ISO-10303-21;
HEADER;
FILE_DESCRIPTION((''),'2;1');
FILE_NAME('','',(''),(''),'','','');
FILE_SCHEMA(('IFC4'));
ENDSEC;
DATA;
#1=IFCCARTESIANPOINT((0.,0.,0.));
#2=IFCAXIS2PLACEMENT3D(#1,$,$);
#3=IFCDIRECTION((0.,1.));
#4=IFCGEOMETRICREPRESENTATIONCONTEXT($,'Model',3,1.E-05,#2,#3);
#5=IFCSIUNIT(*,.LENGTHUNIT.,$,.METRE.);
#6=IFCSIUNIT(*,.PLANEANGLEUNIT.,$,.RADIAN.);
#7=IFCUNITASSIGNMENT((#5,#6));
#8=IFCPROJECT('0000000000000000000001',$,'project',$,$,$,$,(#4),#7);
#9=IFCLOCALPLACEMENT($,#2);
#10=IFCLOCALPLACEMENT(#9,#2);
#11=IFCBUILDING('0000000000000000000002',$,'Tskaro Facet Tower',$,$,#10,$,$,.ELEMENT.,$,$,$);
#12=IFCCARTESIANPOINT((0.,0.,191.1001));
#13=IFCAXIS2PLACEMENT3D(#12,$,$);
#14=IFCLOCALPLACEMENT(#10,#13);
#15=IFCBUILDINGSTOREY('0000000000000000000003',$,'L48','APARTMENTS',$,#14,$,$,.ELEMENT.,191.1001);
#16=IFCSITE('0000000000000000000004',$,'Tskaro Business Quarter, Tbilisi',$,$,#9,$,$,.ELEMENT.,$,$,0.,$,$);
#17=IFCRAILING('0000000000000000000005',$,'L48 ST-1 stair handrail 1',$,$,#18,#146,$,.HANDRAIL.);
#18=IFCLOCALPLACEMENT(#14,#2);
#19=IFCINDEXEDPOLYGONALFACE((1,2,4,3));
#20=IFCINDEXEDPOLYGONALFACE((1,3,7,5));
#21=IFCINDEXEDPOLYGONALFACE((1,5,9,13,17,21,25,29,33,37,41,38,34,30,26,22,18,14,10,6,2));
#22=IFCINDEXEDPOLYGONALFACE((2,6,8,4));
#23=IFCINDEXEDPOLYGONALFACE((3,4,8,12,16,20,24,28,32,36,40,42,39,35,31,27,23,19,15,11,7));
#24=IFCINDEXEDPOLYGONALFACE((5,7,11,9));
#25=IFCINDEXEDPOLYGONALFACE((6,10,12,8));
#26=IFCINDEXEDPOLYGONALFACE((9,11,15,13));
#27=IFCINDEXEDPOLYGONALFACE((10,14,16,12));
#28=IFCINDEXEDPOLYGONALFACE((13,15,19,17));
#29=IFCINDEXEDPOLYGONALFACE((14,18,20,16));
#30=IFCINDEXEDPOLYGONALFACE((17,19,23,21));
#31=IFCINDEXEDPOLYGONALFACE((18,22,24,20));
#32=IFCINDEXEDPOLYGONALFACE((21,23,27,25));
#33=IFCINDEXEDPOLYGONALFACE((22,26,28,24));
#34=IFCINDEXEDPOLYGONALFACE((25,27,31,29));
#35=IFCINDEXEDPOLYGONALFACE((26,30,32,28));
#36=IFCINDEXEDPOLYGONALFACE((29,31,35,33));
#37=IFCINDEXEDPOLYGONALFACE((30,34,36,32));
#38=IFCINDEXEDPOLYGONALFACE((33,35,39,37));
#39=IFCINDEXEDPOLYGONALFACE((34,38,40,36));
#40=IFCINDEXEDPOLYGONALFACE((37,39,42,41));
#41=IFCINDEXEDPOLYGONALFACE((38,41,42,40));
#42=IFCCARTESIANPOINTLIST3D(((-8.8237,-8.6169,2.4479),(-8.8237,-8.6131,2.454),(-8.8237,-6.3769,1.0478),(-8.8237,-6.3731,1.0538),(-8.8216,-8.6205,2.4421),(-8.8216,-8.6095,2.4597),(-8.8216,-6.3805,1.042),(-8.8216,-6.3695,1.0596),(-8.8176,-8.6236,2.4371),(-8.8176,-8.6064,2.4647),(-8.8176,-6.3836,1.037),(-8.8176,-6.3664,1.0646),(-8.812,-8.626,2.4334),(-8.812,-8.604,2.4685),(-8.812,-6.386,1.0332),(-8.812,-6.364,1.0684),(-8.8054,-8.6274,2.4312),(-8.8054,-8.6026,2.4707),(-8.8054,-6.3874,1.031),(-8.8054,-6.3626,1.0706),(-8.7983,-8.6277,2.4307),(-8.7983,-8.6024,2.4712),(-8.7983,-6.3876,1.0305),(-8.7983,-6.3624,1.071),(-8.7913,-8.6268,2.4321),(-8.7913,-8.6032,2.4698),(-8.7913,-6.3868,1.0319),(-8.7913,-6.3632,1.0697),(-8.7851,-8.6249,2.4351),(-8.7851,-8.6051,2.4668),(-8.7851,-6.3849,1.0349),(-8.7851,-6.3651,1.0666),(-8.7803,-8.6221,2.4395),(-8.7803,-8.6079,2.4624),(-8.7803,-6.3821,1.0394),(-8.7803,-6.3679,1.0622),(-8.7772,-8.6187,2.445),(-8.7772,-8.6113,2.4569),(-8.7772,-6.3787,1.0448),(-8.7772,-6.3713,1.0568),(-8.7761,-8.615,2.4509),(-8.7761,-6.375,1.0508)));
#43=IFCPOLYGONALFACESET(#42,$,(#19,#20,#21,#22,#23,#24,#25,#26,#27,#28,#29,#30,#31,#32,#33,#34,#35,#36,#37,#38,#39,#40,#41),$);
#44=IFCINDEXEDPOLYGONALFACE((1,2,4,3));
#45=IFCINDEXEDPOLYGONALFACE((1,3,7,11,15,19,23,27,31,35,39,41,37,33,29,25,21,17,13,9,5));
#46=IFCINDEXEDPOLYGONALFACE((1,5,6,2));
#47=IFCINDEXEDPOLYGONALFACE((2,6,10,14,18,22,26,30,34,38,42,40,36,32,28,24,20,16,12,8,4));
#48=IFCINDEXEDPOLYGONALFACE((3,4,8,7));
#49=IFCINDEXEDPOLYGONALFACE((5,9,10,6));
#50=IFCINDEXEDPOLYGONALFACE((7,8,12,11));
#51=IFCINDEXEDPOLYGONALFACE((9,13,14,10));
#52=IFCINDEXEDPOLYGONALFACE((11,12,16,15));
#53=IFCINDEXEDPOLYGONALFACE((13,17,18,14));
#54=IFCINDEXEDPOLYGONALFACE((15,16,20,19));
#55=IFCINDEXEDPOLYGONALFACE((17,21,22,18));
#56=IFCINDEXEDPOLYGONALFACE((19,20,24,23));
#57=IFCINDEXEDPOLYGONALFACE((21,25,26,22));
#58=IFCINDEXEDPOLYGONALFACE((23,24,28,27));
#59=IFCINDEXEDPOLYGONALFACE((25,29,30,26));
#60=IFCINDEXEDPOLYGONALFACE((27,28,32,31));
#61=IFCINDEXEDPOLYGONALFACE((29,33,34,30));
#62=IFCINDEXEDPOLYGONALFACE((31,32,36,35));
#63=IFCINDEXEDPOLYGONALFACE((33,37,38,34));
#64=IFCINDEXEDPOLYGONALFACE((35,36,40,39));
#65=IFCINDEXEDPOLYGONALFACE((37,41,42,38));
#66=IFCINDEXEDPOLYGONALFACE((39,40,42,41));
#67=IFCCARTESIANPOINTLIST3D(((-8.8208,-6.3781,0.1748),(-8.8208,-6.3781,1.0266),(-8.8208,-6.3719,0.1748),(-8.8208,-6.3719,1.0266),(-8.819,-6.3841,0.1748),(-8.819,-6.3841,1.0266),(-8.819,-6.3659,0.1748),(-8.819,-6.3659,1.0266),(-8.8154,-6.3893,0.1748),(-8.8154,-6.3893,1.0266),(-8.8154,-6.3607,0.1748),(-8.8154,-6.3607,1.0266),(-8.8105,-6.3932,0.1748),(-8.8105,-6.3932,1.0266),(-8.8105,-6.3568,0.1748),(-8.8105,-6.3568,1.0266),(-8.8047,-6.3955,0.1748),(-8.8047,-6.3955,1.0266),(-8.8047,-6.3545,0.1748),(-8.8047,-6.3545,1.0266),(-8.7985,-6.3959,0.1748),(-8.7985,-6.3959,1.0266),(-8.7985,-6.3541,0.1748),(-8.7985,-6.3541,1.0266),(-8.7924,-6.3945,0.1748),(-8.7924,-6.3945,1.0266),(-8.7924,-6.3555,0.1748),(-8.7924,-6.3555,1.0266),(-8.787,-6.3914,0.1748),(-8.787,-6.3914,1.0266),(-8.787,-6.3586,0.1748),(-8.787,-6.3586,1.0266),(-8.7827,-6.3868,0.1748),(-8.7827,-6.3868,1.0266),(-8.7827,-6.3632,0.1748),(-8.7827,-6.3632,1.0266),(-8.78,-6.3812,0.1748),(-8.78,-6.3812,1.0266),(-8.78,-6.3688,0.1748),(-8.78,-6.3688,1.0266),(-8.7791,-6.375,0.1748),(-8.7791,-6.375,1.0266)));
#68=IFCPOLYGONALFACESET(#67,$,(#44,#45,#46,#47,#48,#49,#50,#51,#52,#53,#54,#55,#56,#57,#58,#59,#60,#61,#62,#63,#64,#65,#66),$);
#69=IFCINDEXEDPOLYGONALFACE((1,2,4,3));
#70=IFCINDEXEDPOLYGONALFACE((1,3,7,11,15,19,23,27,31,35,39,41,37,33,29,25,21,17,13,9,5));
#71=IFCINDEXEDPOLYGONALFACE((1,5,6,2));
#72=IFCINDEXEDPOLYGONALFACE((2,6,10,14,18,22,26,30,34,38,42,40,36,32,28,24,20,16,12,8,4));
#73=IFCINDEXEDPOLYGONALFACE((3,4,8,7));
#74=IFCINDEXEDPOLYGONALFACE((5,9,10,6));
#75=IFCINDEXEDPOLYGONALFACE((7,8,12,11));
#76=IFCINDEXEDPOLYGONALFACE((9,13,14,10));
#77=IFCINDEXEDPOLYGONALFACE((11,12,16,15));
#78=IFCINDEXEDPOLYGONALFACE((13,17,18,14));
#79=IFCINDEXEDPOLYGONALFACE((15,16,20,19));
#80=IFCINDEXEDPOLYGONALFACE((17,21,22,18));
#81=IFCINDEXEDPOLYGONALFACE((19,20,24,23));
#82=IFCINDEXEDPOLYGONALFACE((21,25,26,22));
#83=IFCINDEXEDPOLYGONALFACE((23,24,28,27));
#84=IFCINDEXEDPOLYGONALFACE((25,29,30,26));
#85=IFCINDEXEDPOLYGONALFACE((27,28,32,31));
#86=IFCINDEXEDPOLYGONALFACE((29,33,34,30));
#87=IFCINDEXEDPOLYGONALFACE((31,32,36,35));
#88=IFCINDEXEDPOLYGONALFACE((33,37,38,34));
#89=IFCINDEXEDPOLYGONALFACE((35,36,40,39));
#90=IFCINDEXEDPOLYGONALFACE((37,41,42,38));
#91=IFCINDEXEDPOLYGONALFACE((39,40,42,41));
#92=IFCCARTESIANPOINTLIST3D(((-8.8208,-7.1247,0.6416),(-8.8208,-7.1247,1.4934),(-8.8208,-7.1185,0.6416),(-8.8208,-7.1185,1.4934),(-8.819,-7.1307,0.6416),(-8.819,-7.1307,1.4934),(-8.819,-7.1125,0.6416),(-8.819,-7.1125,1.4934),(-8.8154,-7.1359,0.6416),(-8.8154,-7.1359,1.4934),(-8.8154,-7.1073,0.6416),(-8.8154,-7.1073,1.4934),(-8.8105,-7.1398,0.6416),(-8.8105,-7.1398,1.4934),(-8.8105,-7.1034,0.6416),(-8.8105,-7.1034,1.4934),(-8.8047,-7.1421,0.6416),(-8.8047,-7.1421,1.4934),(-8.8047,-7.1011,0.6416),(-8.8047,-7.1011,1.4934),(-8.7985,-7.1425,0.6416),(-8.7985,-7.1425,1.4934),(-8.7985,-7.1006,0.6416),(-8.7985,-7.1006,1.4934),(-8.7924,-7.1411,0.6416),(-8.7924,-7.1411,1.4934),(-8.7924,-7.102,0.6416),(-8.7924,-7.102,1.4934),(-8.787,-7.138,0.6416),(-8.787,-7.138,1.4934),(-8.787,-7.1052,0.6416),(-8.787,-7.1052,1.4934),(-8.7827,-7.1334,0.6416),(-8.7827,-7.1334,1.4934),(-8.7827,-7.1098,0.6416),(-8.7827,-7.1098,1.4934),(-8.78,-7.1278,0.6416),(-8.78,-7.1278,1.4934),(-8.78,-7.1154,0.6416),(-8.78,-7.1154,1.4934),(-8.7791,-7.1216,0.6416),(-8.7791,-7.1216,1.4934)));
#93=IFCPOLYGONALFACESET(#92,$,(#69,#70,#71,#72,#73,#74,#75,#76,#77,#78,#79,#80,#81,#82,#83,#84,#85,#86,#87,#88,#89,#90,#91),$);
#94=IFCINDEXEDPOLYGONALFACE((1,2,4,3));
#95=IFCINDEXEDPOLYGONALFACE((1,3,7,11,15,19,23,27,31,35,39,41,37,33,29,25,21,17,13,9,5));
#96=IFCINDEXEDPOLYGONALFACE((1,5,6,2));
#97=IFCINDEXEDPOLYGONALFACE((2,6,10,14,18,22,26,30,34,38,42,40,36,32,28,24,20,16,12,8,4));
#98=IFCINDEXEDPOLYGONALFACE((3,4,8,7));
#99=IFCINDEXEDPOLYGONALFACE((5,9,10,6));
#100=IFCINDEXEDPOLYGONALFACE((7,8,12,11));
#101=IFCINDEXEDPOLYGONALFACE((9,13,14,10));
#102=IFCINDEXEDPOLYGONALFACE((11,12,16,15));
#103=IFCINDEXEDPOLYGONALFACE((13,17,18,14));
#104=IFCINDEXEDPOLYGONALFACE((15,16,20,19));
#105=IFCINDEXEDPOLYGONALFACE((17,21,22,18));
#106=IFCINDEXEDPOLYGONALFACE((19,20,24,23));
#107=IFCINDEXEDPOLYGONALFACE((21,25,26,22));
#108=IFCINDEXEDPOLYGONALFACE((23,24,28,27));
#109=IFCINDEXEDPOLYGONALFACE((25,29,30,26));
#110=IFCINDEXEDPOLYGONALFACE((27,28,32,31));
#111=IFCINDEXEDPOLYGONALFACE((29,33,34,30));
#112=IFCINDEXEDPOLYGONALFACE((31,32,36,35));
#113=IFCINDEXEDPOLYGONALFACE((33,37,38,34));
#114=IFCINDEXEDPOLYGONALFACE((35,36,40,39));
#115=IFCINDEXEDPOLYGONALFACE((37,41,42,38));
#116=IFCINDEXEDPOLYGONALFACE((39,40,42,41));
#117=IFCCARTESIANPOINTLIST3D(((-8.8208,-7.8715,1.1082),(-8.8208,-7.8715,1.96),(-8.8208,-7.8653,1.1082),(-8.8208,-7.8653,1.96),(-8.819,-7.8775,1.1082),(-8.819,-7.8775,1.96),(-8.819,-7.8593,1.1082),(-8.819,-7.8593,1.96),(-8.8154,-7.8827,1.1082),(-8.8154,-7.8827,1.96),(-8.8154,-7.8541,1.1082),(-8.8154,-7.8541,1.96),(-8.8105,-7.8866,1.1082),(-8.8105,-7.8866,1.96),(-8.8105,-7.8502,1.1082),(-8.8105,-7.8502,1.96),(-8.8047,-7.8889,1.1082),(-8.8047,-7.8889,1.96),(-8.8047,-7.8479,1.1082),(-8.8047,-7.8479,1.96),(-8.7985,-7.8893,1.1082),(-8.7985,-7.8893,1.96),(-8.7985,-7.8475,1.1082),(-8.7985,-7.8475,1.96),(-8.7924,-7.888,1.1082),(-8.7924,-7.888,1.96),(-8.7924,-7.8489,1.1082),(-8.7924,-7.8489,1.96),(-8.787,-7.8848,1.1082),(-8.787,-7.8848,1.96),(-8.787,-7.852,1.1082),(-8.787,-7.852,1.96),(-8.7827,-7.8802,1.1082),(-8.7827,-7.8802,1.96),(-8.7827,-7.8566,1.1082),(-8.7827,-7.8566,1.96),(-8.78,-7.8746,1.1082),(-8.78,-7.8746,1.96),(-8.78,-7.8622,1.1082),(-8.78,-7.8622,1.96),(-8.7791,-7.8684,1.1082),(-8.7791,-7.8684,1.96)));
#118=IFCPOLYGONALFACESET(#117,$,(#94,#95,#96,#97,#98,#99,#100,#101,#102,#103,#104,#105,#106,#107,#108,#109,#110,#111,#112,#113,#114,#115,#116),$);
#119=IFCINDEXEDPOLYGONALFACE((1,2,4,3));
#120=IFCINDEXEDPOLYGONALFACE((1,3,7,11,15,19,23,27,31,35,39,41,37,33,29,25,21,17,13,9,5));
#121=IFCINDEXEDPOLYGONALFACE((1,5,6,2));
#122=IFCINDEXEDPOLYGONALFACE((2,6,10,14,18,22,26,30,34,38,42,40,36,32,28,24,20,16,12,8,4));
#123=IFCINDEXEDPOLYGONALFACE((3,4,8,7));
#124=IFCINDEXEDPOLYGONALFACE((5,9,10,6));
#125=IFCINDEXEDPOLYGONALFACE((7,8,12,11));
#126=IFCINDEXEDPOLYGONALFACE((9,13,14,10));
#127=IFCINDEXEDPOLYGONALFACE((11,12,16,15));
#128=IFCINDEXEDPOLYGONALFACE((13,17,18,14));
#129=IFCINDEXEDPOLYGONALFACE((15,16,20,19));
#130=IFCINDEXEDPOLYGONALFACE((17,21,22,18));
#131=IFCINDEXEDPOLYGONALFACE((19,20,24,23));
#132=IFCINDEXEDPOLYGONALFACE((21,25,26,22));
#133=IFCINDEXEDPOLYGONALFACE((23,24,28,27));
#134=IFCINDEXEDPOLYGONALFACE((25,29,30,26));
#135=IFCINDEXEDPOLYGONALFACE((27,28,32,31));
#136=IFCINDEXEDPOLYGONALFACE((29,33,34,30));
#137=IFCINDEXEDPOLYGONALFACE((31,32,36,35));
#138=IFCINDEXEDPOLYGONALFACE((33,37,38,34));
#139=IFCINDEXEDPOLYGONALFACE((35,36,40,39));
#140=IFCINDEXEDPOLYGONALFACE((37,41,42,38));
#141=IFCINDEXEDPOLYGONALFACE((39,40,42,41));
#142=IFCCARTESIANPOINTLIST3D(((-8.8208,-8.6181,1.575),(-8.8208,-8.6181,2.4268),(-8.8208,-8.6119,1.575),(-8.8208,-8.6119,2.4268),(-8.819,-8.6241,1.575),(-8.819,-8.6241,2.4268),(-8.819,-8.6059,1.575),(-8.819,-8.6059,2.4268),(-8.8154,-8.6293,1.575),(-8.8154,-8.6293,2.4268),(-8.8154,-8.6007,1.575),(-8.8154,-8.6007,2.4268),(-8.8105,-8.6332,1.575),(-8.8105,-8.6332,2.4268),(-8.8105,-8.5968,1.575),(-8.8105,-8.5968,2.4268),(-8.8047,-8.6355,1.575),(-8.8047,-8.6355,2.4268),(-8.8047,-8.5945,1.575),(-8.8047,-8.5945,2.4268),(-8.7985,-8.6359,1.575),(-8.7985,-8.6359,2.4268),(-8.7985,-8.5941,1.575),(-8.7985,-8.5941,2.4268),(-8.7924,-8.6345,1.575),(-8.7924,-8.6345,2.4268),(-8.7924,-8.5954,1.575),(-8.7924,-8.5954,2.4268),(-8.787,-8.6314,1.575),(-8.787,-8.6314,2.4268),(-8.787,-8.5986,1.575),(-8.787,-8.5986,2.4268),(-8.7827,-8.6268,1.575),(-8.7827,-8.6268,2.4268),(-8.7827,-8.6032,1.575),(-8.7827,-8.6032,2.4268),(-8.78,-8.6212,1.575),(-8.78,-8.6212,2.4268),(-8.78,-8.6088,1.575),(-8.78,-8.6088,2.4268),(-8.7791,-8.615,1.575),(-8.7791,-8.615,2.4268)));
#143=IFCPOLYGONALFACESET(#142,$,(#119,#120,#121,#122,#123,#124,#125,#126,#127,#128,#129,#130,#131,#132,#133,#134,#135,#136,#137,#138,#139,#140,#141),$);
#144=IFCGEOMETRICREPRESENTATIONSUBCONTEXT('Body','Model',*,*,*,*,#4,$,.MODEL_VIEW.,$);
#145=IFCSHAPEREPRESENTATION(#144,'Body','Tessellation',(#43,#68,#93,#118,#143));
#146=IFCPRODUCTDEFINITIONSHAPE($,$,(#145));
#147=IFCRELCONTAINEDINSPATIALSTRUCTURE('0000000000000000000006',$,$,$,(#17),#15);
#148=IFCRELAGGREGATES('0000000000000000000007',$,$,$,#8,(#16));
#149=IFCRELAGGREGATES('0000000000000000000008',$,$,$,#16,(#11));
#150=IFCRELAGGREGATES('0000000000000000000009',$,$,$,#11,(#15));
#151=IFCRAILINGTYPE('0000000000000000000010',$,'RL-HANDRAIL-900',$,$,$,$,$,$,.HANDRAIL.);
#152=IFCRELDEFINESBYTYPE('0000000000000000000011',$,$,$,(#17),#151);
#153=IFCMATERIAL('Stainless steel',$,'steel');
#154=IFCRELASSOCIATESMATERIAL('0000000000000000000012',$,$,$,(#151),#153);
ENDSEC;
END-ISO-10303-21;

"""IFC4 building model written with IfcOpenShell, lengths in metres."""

from ifc_helpers import new_model, si_unit, direction, frame, origin, origin_2d, place, context, subcontext, project, spatial, circle, extrude, material, type_object, element, save


model = new_model("IFC4")

# Units and contexts
model_context = context("Model", 3, precision=1e-05, world=origin(), true_north=direction((0.0, 1.0)))
body_context = subcontext(model_context, "Body", "Model", "MODEL_VIEW")
ifc_project = project(units=[si_unit("LENGTHUNIT", "METRE"), si_unit("PLANEANGLEUNIT", "RADIAN")], contexts=[model_context])

# Site, building, storey
site_placement = place(None, origin())
site = spatial("IfcSite", under=ifc_project, at=site_placement, Name="Tskaro Business Quarter, Tbilisi", CompositionType="ELEMENT", RefElevation=0.0)
building_placement = place(site_placement, origin())
building = spatial("IfcBuilding", under=site, at=building_placement, Name="Tskaro Facet Tower", CompositionType="ELEMENT")
storey_placement = place(building_placement, frame((0.0, 0.0, 191.1001)))
storey = spatial("IfcBuildingStorey", under=building, at=storey_placement, Name="L48", Description="APARTMENTS", CompositionType="ELEMENT", Elevation=191.1001)

# Railing
ifc_material_1 = material(Name="Stainless steel", Category="steel")
railing_type = type_object("IfcRailingType", Name="RL-HANDRAIL-900", PredefinedType="HANDRAIL", material=ifc_material_1)
railing_placement = place(storey_placement, frame((-8.8, -6.375, 0.1748)))
element("IfcRailing", 1, at=railing_placement, inside=storey, type_object=railing_type, Name="L48 ST-1 stair handrail 1", PredefinedType="HANDRAIL", context=body_context, shape_type="SweptSolid", body=[
    extrude(circle(Radius=0.0239, at=origin_2d()), frame((0.0, 0.0, 0.876), z_axis=(0.0, -0.847972, 0.53004), x_axis=(1.0, 0.0, 0.0)), (0.0, 0.0, 1.0), 2.6416),
    extrude(circle(Radius=0.021, at=origin_2d()), origin(), (0.0, 0.0, 1.0), 0.8518),
    extrude(circle(Radius=0.021, at=origin_2d()), frame((0.0, -0.7466, 0.4668)), (0.0, 0.0, 1.0), 0.8518),
    extrude(circle(Radius=0.021, at=origin_2d()), frame((0.0, -1.4934, 0.9333)), (0.0, 0.0, 1.0), 0.8518),
    extrude(circle(Radius=0.021, at=origin_2d()), frame((0.0, -2.24, 1.4001)), (0.0, 0.0, 1.0), 0.8518),
])

save(model, "model.ifc")
